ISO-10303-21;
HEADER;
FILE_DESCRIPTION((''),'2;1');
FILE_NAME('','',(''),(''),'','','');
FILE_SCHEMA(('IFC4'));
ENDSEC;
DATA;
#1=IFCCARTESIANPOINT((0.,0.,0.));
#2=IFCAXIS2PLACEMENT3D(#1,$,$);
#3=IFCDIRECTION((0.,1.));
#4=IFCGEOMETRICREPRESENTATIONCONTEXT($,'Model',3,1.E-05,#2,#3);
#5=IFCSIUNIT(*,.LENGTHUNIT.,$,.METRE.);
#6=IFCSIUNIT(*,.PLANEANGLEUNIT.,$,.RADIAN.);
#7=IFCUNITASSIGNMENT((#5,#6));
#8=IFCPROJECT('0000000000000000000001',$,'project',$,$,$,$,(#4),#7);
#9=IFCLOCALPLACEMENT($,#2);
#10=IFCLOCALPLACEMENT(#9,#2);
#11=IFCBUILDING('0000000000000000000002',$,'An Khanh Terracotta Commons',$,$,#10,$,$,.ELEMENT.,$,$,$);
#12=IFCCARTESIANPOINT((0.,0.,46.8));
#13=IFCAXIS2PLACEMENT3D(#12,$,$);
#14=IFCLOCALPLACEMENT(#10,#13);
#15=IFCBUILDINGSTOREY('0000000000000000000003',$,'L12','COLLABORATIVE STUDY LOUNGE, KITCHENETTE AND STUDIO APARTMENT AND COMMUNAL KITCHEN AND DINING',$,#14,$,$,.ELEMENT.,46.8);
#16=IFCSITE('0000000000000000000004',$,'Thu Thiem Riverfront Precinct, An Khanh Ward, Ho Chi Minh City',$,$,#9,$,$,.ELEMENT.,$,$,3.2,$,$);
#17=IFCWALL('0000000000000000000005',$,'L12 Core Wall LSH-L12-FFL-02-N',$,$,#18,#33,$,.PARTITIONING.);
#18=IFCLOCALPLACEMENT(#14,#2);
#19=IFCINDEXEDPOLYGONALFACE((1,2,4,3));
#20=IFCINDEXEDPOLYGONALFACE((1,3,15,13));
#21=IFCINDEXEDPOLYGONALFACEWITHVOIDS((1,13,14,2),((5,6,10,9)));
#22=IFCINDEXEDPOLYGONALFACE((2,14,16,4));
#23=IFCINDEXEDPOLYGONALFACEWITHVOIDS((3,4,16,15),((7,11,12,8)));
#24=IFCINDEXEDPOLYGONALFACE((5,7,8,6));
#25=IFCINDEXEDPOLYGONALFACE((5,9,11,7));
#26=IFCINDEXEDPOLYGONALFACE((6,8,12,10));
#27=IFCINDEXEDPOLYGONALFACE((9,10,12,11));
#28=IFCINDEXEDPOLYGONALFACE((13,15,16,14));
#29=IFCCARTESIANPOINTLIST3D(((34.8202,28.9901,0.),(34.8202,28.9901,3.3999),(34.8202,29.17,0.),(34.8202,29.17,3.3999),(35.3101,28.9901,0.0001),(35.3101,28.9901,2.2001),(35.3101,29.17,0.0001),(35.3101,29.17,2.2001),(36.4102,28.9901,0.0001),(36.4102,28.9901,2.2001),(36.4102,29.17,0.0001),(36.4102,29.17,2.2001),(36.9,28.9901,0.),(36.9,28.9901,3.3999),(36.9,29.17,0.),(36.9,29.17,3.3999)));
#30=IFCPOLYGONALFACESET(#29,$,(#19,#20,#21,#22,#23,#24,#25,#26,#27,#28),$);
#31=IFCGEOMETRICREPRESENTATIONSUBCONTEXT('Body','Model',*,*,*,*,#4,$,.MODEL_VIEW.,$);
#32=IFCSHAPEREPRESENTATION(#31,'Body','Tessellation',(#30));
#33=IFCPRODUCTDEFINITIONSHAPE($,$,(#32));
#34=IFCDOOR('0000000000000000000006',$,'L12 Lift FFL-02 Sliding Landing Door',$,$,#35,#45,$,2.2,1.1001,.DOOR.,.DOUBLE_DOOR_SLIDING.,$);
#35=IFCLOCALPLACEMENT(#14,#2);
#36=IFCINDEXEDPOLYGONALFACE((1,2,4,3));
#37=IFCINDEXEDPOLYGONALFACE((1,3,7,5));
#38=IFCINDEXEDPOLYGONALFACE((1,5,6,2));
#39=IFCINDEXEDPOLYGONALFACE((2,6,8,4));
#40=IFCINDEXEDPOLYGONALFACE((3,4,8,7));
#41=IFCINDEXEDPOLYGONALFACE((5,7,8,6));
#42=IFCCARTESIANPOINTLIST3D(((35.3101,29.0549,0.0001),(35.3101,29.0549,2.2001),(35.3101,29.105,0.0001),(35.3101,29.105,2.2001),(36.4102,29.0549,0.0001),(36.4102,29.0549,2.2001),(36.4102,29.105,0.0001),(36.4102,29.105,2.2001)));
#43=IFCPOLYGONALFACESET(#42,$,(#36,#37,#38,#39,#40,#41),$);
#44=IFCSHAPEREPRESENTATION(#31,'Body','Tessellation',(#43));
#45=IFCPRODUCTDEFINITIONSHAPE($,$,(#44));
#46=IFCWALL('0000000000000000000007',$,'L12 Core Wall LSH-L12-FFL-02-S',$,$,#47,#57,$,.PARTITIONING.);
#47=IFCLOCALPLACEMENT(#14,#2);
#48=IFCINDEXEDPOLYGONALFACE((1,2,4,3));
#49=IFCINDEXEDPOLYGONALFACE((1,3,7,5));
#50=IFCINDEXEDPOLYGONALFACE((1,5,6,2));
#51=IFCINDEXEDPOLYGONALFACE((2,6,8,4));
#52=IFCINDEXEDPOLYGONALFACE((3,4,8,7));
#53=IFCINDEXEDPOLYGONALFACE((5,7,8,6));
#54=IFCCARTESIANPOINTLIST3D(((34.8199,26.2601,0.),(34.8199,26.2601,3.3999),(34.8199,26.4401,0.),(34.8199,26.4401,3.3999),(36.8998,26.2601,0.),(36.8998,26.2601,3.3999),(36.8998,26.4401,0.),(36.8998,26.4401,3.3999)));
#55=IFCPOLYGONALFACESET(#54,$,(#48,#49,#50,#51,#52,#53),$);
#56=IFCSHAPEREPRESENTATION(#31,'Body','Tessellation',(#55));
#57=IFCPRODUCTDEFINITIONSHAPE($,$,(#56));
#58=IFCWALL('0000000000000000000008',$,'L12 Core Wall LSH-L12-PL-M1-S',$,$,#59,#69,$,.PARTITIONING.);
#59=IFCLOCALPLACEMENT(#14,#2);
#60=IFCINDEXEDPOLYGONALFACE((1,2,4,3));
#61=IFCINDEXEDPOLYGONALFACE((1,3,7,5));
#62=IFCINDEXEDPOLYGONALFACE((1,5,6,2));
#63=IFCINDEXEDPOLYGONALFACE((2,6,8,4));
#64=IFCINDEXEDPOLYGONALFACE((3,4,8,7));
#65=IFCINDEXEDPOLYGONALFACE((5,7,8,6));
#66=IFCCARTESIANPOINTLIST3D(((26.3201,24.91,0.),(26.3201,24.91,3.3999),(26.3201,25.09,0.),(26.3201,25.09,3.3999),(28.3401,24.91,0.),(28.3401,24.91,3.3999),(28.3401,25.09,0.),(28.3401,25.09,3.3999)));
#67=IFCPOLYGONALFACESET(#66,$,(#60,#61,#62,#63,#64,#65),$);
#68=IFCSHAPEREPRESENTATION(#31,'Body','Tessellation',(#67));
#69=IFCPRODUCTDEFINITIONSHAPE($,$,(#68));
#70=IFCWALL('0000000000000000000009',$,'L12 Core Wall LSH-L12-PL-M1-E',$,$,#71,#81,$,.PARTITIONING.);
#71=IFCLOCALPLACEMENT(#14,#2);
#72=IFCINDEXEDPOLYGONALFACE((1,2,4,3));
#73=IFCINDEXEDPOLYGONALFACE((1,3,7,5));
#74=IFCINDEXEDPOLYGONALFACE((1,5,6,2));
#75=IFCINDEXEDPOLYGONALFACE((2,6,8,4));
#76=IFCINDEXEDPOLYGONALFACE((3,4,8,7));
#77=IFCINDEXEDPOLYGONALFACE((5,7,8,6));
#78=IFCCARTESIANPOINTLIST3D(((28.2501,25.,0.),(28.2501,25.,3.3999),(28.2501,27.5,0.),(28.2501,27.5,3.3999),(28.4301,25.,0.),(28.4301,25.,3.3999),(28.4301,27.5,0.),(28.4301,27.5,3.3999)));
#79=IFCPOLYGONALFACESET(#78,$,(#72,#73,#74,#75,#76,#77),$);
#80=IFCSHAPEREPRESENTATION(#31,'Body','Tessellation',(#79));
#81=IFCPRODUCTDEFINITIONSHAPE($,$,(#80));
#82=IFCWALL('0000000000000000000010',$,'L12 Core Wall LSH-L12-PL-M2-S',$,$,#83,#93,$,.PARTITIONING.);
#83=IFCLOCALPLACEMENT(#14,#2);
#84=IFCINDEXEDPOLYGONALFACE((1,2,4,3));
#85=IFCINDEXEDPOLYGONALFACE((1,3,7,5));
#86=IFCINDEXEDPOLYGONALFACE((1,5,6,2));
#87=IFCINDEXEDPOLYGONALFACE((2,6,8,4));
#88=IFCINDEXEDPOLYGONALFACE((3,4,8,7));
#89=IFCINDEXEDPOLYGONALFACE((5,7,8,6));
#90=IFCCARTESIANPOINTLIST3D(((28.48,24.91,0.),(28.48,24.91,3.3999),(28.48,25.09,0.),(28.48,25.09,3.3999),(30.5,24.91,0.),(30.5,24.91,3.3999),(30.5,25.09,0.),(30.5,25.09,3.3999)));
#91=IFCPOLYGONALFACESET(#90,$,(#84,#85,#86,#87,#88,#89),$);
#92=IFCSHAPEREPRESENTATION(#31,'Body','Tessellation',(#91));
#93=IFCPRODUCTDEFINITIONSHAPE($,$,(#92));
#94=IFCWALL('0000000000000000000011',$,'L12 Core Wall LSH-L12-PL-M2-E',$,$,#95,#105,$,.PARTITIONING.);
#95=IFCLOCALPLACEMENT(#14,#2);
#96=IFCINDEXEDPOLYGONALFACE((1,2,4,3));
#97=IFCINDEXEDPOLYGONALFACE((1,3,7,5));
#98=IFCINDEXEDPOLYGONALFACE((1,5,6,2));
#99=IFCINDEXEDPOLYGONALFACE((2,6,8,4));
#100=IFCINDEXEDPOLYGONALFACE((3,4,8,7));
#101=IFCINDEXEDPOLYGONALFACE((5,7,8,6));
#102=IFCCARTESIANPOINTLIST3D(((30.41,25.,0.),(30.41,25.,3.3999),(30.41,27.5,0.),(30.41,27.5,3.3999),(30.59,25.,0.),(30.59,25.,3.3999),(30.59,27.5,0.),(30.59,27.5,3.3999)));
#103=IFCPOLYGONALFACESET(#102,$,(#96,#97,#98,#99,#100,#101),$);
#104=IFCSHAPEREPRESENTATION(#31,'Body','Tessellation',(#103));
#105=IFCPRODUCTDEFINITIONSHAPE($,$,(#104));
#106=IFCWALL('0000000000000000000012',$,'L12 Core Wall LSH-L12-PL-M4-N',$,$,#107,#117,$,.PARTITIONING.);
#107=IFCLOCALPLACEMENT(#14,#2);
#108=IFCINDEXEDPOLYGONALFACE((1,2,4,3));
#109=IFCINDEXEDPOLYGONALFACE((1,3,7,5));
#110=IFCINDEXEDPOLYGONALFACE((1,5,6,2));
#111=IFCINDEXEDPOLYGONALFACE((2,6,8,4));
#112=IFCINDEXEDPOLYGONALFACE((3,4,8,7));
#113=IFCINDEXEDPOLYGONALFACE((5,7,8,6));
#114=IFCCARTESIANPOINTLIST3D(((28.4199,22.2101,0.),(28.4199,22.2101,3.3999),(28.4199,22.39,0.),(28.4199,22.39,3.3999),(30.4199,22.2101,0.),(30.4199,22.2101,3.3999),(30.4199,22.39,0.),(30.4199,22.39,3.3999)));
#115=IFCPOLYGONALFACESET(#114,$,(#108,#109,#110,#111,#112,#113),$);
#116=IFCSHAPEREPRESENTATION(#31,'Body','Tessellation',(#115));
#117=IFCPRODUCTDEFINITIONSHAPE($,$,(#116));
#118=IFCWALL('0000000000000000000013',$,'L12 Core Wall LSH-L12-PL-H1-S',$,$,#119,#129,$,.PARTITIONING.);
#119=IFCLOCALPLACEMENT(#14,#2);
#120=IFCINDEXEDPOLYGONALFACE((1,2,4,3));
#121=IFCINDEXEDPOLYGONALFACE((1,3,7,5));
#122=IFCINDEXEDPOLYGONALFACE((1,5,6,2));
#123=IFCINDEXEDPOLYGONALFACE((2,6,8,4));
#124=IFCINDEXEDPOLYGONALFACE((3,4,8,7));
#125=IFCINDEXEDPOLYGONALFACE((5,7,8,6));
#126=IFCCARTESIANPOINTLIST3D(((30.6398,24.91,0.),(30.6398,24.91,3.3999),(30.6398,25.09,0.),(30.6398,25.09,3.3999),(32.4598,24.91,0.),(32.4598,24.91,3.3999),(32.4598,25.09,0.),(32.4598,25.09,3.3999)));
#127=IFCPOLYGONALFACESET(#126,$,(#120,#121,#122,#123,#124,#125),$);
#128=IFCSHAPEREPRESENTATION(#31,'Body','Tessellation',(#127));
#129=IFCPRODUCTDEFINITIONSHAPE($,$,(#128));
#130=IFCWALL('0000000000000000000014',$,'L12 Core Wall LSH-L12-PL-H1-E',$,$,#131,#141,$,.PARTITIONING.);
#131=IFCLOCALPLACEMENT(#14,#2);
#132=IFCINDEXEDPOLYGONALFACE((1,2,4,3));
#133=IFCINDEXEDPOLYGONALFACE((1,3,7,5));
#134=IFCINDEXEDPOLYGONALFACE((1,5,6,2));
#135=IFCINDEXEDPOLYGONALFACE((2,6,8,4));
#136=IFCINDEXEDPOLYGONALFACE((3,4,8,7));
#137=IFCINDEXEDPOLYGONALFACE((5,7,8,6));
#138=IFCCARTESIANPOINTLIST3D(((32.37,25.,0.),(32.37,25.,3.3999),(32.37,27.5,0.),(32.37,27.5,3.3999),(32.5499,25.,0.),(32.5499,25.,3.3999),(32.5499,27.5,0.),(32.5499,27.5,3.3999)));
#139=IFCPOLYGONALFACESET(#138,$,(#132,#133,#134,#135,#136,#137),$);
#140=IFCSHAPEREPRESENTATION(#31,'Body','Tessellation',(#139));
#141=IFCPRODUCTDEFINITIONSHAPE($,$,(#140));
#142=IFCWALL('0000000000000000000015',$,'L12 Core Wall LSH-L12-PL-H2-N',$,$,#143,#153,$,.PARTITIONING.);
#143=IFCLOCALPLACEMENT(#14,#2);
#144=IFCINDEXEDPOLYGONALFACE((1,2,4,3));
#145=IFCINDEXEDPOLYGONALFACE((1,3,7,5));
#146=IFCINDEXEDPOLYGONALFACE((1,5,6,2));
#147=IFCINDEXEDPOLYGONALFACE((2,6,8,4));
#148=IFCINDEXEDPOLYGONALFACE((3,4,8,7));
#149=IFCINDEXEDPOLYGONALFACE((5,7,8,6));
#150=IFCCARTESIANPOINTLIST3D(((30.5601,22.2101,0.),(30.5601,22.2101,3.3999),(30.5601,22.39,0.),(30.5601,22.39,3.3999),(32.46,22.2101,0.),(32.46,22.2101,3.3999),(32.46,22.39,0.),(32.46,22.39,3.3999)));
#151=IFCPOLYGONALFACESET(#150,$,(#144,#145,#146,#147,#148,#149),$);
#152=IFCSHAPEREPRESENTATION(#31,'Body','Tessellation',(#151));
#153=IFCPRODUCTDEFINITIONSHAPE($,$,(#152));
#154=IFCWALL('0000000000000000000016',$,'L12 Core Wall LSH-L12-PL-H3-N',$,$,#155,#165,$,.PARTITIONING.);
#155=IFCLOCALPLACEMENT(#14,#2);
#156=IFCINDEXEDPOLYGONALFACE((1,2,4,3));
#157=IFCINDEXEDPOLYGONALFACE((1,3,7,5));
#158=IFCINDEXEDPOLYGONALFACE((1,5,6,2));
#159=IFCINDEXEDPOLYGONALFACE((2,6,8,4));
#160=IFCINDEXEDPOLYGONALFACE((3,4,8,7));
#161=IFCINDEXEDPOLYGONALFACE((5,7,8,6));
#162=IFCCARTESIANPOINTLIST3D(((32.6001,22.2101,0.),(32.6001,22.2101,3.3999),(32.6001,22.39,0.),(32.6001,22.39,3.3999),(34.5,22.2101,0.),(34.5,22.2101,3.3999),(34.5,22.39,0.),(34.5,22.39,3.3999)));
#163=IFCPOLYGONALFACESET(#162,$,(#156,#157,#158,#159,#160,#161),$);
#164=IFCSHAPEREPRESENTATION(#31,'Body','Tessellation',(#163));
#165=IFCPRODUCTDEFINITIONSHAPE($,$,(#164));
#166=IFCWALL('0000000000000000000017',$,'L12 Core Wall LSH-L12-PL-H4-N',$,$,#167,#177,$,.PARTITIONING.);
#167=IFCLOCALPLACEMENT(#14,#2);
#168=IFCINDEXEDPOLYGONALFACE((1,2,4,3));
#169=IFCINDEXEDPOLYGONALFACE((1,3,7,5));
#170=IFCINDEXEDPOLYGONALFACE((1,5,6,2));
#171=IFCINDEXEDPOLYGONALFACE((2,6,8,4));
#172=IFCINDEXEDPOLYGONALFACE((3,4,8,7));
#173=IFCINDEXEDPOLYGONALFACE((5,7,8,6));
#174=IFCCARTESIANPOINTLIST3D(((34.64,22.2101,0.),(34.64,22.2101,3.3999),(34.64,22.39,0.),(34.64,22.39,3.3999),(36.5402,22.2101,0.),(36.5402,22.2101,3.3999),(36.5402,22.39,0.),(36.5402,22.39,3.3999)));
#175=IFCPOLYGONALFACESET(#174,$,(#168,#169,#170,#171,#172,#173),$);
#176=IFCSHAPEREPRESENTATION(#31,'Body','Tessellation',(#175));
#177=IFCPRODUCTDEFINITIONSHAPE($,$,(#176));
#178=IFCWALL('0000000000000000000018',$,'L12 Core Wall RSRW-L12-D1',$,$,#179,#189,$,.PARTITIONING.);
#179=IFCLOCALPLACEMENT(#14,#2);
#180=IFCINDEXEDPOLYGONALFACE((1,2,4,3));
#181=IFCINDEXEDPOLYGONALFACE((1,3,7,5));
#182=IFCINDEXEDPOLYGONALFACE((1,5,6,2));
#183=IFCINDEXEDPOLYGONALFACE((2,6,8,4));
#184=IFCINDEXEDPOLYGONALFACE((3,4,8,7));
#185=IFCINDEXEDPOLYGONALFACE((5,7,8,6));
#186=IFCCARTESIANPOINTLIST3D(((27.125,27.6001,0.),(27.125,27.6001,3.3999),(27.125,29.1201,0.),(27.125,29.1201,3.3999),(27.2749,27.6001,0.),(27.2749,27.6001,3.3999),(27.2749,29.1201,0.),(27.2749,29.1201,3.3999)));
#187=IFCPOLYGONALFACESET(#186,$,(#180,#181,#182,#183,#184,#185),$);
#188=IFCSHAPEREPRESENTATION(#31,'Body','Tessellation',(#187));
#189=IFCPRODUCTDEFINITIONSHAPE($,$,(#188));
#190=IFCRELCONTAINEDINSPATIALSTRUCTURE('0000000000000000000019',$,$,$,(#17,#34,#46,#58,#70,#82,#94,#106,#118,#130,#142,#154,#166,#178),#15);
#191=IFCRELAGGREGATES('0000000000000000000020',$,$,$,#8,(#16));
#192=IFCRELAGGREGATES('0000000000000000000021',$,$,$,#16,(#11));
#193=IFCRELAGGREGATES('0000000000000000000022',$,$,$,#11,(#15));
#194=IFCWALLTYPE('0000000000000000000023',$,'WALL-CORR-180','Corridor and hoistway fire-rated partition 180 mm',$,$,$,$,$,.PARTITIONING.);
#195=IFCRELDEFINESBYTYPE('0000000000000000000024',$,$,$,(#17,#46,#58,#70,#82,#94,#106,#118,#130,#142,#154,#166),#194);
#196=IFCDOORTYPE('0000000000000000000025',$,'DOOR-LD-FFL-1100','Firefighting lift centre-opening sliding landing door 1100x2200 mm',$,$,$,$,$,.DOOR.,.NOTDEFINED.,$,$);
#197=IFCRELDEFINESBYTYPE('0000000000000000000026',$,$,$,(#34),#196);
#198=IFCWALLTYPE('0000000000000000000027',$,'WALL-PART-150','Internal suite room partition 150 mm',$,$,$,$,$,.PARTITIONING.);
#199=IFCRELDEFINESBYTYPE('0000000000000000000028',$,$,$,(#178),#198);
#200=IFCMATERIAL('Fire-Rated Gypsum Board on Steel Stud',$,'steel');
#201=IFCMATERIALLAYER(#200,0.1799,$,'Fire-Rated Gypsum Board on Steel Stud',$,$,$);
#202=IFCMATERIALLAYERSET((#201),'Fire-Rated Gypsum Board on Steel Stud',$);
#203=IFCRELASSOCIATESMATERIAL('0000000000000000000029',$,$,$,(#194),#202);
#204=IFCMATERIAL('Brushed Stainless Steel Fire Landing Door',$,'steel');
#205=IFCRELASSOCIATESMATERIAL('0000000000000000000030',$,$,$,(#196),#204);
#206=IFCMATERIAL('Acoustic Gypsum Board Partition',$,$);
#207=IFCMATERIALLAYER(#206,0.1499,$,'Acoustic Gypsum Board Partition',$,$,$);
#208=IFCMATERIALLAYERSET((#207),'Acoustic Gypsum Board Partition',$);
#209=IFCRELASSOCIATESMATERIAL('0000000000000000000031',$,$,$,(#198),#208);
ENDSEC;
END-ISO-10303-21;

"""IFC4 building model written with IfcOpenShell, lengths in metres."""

from ifc_helpers import new_model, si_unit, direction, frame, frame_2d, origin, place, context, subcontext, project, spatial, rectangle, extrude, material, layer, layer_set, type_object, element, fill, save


model = new_model("IFC4")

# Units and contexts
model_context = context("Model", 3, precision=1e-05, world=origin(), true_north=direction((0.0, 1.0)))
body_context = subcontext(model_context, "Body", "Model", "MODEL_VIEW")
ifc_project = project(units=[si_unit("LENGTHUNIT", "METRE"), si_unit("PLANEANGLEUNIT", "RADIAN")], contexts=[model_context])

# Site, building, storey
site_placement = place(None, origin())
site = spatial("IfcSite", under=ifc_project, at=site_placement, Name="Thu Thiem Riverfront Precinct, An Khanh Ward, Ho Chi Minh City", CompositionType="ELEMENT", RefElevation=3.2)
building_placement = place(site_placement, origin())
building = spatial("IfcBuilding", under=site, at=building_placement, Name="An Khanh Terracotta Commons", CompositionType="ELEMENT")
storey_placement = place(building_placement, frame((0.0, 0.0, 46.8)))
storey = spatial("IfcBuildingStorey", under=building, at=storey_placement, Name="L12", Description="COLLABORATIVE STUDY LOUNGE, KITCHENETTE AND STUDIO APARTMENT AND COMMUNAL KITCHEN AND DINING", CompositionType="ELEMENT", Elevation=46.8)

# Shared definitions
ifc_material_1 = material(Name="Fire-Rated Gypsum Board on Steel Stud", Category="steel")
ifc_layer_1 = layer(ifc_material_1, 0.1799, Name="Fire-Rated Gypsum Board on Steel Stud")
ifc_layer_set_1 = layer_set([ifc_layer_1], Name="Fire-Rated Gypsum Board on Steel Stud")
wall_type_1 = type_object("IfcWallType", Name="WALL-CORR-180", Description="Corridor and hoistway fire-rated partition 180 mm", PredefinedType="PARTITIONING", material=ifc_layer_set_1)

# Shared definitions
ifc_material_2 = material(Name="Brushed Stainless Steel Fire Landing Door", Category="steel")
door_type_1 = type_object("IfcDoorType", Name="DOOR-LD-FFL-1100", Description="Firefighting lift centre-opening sliding landing door 1100x2200 mm", OperationType="NOTDEFINED", PredefinedType="DOOR", material=ifc_material_2)

# Wall, opening, door
wall_1_placement = place(storey_placement, frame((34.8201, 29.0801, 0.0), z_axis=(0.0, 0.0, 1.0), x_axis=(1.0, 0.0, 0.0)))
wall_1 = element("IfcWall", 1, at=wall_1_placement, inside=storey, type_object=wall_type_1, Name="L12 Core Wall LSH-L12-FFL-02-N", PredefinedType="PARTITIONING", context=body_context, shape_type="SweptSolid", body=[
    extrude(rectangle(XDim=2.0798, YDim=0.1799, at=frame_2d((1.04, 0.0))), origin(), (0.0, 0.0, 1.0), 3.3999),
])
opening_1_placement = place(wall_1_placement, frame((0.49, 0.0, 0.0)))
opening_1 = element("IfcOpeningElement", 2, at=opening_1_placement, cuts=wall_1, PredefinedType="OPENING", context=body_context, shape_type="SweptSolid", body=[
    extrude(rectangle(XDim=1.1001, YDim=2.2, at=frame_2d((0.55, 1.1001))), frame((0.0, 0.0999, 0.0), z_axis=(0.0, -1.0, 0.0), x_axis=(1.0, 0.0, 0.0)), (0.0, 0.0, 1.0), 0.2),
])
door_1_placement = place(opening_1_placement, origin())
door_1 = element("IfcDoor", 3, at=door_1_placement, inside=storey, type_object=door_type_1, Name="L12 Lift FFL-02 Sliding Landing Door", OperationType="DOUBLE_DOOR_SLIDING", OverallHeight=2.2, OverallWidth=1.1001, PredefinedType="DOOR", context=body_context, shape_type="SweptSolid", body=[
    extrude(rectangle(XDim=1.1001, YDim=2.2, at=frame_2d((0.55, 1.1001))), frame((0.0, 0.0249, 0.0), z_axis=(0.0, -1.0, 0.0), x_axis=(1.0, 0.0, 0.0)), (0.0, 0.0, 1.0), 0.05),
])
fill(opening_1, door_1)

# Walls
wall_2_placement = place(storey_placement, frame((36.8999, 26.3501, 0.0), z_axis=(0.0, 0.0, 1.0), x_axis=(-1.0, 0.0, 0.0)))
element("IfcWall", 4, at=wall_2_placement, inside=storey, type_object=wall_type_1, Name="L12 Core Wall LSH-L12-FFL-02-S", PredefinedType="PARTITIONING", context=body_context, shape_type="SweptSolid", body=[
    extrude(rectangle(XDim=2.0798, YDim=0.1799, at=frame_2d((1.04, 0.0))), origin(), (0.0, 0.0, 1.0), 3.3999),
])
wall_3_placement = place(storey_placement, frame((28.3401, 25.0, 0.0), z_axis=(0.0, 0.0, 1.0), x_axis=(-1.0, 0.0, 0.0)))
element("IfcWall", 5, at=wall_3_placement, inside=storey, type_object=wall_type_1, Name="L12 Core Wall LSH-L12-PL-M1-S", PredefinedType="PARTITIONING", context=body_context, shape_type="SweptSolid", body=[
    extrude(rectangle(XDim=2.02, YDim=0.1799, at=frame_2d((1.01, 0.0))), origin(), (0.0, 0.0, 1.0), 3.3999),
])
wall_4_placement = place(storey_placement, frame((28.3401, 25.0, 0.0), z_axis=(0.0, 0.0, 1.0), x_axis=(0.0, 1.0, 0.0)))
element("IfcWall", 6, at=wall_4_placement, inside=storey, type_object=wall_type_1, Name="L12 Core Wall LSH-L12-PL-M1-E", PredefinedType="PARTITIONING", context=body_context, shape_type="SweptSolid", body=[
    extrude(rectangle(XDim=2.5, YDim=0.1799, at=frame_2d((1.25, 0.0))), origin(), (0.0, 0.0, 1.0), 3.3999),
])
wall_5_placement = place(storey_placement, frame((30.5, 25.0, 0.0), z_axis=(0.0, 0.0, 1.0), x_axis=(-1.0, 0.0, 0.0)))
element("IfcWall", 7, at=wall_5_placement, inside=storey, type_object=wall_type_1, Name="L12 Core Wall LSH-L12-PL-M2-S", PredefinedType="PARTITIONING", context=body_context, shape_type="SweptSolid", body=[
    extrude(rectangle(XDim=2.02, YDim=0.1799, at=frame_2d((1.01, 0.0))), origin(), (0.0, 0.0, 1.0), 3.3999),
])
wall_6_placement = place(storey_placement, frame((30.5, 25.0, 0.0), z_axis=(0.0, 0.0, 1.0), x_axis=(0.0, 1.0, 0.0)))
element("IfcWall", 8, at=wall_6_placement, inside=storey, type_object=wall_type_1, Name="L12 Core Wall LSH-L12-PL-M2-E", PredefinedType="PARTITIONING", context=body_context, shape_type="SweptSolid", body=[
    extrude(rectangle(XDim=2.5, YDim=0.1799, at=frame_2d((1.25, 0.0))), origin(), (0.0, 0.0, 1.0), 3.3999),
])
wall_7_placement = place(storey_placement, frame((28.4199, 22.3, 0.0), z_axis=(0.0, 0.0, 1.0), x_axis=(1.0, 0.0, 0.0)))
element("IfcWall", 9, at=wall_7_placement, inside=storey, type_object=wall_type_1, Name="L12 Core Wall LSH-L12-PL-M4-N", PredefinedType="PARTITIONING", context=body_context, shape_type="SweptSolid", body=[
    extrude(rectangle(XDim=2.0, YDim=0.1799, at=frame_2d((1.0, 0.0))), origin(), (0.0, 0.0, 1.0), 3.3999),
])
wall_8_placement = place(storey_placement, frame((32.46, 25.0, 0.0), z_axis=(0.0, 0.0, 1.0), x_axis=(-1.0, 0.0, 0.0)))
element("IfcWall", 10, at=wall_8_placement, inside=storey, type_object=wall_type_1, Name="L12 Core Wall LSH-L12-PL-H1-S", PredefinedType="PARTITIONING", context=body_context, shape_type="SweptSolid", body=[
    extrude(rectangle(XDim=1.8201, YDim=0.1799, at=frame_2d((0.9102, 0.0))), origin(), (0.0, 0.0, 1.0), 3.3999),
])
wall_9_placement = place(storey_placement, frame((32.46, 25.0, 0.0), z_axis=(0.0, 0.0, 1.0), x_axis=(0.0, 1.0, 0.0)))
element("IfcWall", 11, at=wall_9_placement, inside=storey, type_object=wall_type_1, Name="L12 Core Wall LSH-L12-PL-H1-E", PredefinedType="PARTITIONING", context=body_context, shape_type="SweptSolid", body=[
    extrude(rectangle(XDim=2.5, YDim=0.1799, at=frame_2d((1.25, 0.0))), origin(), (0.0, 0.0, 1.0), 3.3999),
])
for number, where, z_axis, x_axis, name in (
    (12, (30.5601, 22.3, 0.0), (0.0, 0.0, 1.0), (1.0, 0.0, 0.0), "L12 Core Wall LSH-L12-PL-H2-N"),
    (13, (32.6001, 22.3, 0.0), (0.0, 0.0, 1.0), (1.0, 0.0, 0.0), "L12 Core Wall LSH-L12-PL-H3-N"),
):
    element("IfcWall", number, at=place(storey_placement, frame(where, z_axis=z_axis, x_axis=x_axis)), inside=storey, type_object=wall_type_1, Name=name, PredefinedType="PARTITIONING", context=body_context, shape_type="SweptSolid", body=[
        extrude(rectangle(XDim=1.8999, YDim=0.1799, at=frame_2d((0.95, 0.0))), origin(), (0.0, 0.0, 1.0), 3.3999),
    ])
wall_10_placement = place(storey_placement, frame((34.6399, 22.3, 0.0), z_axis=(0.0, 0.0, 1.0), x_axis=(1.0, 0.0, 0.0)))
element("IfcWall", 14, at=wall_10_placement, inside=storey, type_object=wall_type_1, Name="L12 Core Wall LSH-L12-PL-H4-N", PredefinedType="PARTITIONING", context=body_context, shape_type="SweptSolid", body=[
    extrude(rectangle(XDim=1.9001, YDim=0.1799, at=frame_2d((0.9502, 0.0))), origin(), (0.0, 0.0, 1.0), 3.3999),
])
ifc_material_3 = material(Name="Acoustic Gypsum Board Partition")
ifc_layer_2 = layer(ifc_material_3, 0.1499, Name="Acoustic Gypsum Board Partition")
ifc_layer_set_2 = layer_set([ifc_layer_2], Name="Acoustic Gypsum Board Partition")
wall_type_2 = type_object("IfcWallType", Name="WALL-PART-150", Description="Internal suite room partition 150 mm", PredefinedType="PARTITIONING", material=ifc_layer_set_2)
wall_11_placement = place(storey_placement, frame((27.2, 27.6001, 0.0), z_axis=(0.0, 0.0, 1.0), x_axis=(0.0, 1.0, 0.0)))
element("IfcWall", 15, at=wall_11_placement, inside=storey, type_object=wall_type_2, Name="L12 Core Wall RSRW-L12-D1", PredefinedType="PARTITIONING", context=body_context, shape_type="SweptSolid", body=[
    extrude(rectangle(XDim=1.52, YDim=0.1499, at=frame_2d((0.76, 0.0))), origin(), (0.0, 0.0, 1.0), 3.3999),
])

save(model, "model.ifc")
